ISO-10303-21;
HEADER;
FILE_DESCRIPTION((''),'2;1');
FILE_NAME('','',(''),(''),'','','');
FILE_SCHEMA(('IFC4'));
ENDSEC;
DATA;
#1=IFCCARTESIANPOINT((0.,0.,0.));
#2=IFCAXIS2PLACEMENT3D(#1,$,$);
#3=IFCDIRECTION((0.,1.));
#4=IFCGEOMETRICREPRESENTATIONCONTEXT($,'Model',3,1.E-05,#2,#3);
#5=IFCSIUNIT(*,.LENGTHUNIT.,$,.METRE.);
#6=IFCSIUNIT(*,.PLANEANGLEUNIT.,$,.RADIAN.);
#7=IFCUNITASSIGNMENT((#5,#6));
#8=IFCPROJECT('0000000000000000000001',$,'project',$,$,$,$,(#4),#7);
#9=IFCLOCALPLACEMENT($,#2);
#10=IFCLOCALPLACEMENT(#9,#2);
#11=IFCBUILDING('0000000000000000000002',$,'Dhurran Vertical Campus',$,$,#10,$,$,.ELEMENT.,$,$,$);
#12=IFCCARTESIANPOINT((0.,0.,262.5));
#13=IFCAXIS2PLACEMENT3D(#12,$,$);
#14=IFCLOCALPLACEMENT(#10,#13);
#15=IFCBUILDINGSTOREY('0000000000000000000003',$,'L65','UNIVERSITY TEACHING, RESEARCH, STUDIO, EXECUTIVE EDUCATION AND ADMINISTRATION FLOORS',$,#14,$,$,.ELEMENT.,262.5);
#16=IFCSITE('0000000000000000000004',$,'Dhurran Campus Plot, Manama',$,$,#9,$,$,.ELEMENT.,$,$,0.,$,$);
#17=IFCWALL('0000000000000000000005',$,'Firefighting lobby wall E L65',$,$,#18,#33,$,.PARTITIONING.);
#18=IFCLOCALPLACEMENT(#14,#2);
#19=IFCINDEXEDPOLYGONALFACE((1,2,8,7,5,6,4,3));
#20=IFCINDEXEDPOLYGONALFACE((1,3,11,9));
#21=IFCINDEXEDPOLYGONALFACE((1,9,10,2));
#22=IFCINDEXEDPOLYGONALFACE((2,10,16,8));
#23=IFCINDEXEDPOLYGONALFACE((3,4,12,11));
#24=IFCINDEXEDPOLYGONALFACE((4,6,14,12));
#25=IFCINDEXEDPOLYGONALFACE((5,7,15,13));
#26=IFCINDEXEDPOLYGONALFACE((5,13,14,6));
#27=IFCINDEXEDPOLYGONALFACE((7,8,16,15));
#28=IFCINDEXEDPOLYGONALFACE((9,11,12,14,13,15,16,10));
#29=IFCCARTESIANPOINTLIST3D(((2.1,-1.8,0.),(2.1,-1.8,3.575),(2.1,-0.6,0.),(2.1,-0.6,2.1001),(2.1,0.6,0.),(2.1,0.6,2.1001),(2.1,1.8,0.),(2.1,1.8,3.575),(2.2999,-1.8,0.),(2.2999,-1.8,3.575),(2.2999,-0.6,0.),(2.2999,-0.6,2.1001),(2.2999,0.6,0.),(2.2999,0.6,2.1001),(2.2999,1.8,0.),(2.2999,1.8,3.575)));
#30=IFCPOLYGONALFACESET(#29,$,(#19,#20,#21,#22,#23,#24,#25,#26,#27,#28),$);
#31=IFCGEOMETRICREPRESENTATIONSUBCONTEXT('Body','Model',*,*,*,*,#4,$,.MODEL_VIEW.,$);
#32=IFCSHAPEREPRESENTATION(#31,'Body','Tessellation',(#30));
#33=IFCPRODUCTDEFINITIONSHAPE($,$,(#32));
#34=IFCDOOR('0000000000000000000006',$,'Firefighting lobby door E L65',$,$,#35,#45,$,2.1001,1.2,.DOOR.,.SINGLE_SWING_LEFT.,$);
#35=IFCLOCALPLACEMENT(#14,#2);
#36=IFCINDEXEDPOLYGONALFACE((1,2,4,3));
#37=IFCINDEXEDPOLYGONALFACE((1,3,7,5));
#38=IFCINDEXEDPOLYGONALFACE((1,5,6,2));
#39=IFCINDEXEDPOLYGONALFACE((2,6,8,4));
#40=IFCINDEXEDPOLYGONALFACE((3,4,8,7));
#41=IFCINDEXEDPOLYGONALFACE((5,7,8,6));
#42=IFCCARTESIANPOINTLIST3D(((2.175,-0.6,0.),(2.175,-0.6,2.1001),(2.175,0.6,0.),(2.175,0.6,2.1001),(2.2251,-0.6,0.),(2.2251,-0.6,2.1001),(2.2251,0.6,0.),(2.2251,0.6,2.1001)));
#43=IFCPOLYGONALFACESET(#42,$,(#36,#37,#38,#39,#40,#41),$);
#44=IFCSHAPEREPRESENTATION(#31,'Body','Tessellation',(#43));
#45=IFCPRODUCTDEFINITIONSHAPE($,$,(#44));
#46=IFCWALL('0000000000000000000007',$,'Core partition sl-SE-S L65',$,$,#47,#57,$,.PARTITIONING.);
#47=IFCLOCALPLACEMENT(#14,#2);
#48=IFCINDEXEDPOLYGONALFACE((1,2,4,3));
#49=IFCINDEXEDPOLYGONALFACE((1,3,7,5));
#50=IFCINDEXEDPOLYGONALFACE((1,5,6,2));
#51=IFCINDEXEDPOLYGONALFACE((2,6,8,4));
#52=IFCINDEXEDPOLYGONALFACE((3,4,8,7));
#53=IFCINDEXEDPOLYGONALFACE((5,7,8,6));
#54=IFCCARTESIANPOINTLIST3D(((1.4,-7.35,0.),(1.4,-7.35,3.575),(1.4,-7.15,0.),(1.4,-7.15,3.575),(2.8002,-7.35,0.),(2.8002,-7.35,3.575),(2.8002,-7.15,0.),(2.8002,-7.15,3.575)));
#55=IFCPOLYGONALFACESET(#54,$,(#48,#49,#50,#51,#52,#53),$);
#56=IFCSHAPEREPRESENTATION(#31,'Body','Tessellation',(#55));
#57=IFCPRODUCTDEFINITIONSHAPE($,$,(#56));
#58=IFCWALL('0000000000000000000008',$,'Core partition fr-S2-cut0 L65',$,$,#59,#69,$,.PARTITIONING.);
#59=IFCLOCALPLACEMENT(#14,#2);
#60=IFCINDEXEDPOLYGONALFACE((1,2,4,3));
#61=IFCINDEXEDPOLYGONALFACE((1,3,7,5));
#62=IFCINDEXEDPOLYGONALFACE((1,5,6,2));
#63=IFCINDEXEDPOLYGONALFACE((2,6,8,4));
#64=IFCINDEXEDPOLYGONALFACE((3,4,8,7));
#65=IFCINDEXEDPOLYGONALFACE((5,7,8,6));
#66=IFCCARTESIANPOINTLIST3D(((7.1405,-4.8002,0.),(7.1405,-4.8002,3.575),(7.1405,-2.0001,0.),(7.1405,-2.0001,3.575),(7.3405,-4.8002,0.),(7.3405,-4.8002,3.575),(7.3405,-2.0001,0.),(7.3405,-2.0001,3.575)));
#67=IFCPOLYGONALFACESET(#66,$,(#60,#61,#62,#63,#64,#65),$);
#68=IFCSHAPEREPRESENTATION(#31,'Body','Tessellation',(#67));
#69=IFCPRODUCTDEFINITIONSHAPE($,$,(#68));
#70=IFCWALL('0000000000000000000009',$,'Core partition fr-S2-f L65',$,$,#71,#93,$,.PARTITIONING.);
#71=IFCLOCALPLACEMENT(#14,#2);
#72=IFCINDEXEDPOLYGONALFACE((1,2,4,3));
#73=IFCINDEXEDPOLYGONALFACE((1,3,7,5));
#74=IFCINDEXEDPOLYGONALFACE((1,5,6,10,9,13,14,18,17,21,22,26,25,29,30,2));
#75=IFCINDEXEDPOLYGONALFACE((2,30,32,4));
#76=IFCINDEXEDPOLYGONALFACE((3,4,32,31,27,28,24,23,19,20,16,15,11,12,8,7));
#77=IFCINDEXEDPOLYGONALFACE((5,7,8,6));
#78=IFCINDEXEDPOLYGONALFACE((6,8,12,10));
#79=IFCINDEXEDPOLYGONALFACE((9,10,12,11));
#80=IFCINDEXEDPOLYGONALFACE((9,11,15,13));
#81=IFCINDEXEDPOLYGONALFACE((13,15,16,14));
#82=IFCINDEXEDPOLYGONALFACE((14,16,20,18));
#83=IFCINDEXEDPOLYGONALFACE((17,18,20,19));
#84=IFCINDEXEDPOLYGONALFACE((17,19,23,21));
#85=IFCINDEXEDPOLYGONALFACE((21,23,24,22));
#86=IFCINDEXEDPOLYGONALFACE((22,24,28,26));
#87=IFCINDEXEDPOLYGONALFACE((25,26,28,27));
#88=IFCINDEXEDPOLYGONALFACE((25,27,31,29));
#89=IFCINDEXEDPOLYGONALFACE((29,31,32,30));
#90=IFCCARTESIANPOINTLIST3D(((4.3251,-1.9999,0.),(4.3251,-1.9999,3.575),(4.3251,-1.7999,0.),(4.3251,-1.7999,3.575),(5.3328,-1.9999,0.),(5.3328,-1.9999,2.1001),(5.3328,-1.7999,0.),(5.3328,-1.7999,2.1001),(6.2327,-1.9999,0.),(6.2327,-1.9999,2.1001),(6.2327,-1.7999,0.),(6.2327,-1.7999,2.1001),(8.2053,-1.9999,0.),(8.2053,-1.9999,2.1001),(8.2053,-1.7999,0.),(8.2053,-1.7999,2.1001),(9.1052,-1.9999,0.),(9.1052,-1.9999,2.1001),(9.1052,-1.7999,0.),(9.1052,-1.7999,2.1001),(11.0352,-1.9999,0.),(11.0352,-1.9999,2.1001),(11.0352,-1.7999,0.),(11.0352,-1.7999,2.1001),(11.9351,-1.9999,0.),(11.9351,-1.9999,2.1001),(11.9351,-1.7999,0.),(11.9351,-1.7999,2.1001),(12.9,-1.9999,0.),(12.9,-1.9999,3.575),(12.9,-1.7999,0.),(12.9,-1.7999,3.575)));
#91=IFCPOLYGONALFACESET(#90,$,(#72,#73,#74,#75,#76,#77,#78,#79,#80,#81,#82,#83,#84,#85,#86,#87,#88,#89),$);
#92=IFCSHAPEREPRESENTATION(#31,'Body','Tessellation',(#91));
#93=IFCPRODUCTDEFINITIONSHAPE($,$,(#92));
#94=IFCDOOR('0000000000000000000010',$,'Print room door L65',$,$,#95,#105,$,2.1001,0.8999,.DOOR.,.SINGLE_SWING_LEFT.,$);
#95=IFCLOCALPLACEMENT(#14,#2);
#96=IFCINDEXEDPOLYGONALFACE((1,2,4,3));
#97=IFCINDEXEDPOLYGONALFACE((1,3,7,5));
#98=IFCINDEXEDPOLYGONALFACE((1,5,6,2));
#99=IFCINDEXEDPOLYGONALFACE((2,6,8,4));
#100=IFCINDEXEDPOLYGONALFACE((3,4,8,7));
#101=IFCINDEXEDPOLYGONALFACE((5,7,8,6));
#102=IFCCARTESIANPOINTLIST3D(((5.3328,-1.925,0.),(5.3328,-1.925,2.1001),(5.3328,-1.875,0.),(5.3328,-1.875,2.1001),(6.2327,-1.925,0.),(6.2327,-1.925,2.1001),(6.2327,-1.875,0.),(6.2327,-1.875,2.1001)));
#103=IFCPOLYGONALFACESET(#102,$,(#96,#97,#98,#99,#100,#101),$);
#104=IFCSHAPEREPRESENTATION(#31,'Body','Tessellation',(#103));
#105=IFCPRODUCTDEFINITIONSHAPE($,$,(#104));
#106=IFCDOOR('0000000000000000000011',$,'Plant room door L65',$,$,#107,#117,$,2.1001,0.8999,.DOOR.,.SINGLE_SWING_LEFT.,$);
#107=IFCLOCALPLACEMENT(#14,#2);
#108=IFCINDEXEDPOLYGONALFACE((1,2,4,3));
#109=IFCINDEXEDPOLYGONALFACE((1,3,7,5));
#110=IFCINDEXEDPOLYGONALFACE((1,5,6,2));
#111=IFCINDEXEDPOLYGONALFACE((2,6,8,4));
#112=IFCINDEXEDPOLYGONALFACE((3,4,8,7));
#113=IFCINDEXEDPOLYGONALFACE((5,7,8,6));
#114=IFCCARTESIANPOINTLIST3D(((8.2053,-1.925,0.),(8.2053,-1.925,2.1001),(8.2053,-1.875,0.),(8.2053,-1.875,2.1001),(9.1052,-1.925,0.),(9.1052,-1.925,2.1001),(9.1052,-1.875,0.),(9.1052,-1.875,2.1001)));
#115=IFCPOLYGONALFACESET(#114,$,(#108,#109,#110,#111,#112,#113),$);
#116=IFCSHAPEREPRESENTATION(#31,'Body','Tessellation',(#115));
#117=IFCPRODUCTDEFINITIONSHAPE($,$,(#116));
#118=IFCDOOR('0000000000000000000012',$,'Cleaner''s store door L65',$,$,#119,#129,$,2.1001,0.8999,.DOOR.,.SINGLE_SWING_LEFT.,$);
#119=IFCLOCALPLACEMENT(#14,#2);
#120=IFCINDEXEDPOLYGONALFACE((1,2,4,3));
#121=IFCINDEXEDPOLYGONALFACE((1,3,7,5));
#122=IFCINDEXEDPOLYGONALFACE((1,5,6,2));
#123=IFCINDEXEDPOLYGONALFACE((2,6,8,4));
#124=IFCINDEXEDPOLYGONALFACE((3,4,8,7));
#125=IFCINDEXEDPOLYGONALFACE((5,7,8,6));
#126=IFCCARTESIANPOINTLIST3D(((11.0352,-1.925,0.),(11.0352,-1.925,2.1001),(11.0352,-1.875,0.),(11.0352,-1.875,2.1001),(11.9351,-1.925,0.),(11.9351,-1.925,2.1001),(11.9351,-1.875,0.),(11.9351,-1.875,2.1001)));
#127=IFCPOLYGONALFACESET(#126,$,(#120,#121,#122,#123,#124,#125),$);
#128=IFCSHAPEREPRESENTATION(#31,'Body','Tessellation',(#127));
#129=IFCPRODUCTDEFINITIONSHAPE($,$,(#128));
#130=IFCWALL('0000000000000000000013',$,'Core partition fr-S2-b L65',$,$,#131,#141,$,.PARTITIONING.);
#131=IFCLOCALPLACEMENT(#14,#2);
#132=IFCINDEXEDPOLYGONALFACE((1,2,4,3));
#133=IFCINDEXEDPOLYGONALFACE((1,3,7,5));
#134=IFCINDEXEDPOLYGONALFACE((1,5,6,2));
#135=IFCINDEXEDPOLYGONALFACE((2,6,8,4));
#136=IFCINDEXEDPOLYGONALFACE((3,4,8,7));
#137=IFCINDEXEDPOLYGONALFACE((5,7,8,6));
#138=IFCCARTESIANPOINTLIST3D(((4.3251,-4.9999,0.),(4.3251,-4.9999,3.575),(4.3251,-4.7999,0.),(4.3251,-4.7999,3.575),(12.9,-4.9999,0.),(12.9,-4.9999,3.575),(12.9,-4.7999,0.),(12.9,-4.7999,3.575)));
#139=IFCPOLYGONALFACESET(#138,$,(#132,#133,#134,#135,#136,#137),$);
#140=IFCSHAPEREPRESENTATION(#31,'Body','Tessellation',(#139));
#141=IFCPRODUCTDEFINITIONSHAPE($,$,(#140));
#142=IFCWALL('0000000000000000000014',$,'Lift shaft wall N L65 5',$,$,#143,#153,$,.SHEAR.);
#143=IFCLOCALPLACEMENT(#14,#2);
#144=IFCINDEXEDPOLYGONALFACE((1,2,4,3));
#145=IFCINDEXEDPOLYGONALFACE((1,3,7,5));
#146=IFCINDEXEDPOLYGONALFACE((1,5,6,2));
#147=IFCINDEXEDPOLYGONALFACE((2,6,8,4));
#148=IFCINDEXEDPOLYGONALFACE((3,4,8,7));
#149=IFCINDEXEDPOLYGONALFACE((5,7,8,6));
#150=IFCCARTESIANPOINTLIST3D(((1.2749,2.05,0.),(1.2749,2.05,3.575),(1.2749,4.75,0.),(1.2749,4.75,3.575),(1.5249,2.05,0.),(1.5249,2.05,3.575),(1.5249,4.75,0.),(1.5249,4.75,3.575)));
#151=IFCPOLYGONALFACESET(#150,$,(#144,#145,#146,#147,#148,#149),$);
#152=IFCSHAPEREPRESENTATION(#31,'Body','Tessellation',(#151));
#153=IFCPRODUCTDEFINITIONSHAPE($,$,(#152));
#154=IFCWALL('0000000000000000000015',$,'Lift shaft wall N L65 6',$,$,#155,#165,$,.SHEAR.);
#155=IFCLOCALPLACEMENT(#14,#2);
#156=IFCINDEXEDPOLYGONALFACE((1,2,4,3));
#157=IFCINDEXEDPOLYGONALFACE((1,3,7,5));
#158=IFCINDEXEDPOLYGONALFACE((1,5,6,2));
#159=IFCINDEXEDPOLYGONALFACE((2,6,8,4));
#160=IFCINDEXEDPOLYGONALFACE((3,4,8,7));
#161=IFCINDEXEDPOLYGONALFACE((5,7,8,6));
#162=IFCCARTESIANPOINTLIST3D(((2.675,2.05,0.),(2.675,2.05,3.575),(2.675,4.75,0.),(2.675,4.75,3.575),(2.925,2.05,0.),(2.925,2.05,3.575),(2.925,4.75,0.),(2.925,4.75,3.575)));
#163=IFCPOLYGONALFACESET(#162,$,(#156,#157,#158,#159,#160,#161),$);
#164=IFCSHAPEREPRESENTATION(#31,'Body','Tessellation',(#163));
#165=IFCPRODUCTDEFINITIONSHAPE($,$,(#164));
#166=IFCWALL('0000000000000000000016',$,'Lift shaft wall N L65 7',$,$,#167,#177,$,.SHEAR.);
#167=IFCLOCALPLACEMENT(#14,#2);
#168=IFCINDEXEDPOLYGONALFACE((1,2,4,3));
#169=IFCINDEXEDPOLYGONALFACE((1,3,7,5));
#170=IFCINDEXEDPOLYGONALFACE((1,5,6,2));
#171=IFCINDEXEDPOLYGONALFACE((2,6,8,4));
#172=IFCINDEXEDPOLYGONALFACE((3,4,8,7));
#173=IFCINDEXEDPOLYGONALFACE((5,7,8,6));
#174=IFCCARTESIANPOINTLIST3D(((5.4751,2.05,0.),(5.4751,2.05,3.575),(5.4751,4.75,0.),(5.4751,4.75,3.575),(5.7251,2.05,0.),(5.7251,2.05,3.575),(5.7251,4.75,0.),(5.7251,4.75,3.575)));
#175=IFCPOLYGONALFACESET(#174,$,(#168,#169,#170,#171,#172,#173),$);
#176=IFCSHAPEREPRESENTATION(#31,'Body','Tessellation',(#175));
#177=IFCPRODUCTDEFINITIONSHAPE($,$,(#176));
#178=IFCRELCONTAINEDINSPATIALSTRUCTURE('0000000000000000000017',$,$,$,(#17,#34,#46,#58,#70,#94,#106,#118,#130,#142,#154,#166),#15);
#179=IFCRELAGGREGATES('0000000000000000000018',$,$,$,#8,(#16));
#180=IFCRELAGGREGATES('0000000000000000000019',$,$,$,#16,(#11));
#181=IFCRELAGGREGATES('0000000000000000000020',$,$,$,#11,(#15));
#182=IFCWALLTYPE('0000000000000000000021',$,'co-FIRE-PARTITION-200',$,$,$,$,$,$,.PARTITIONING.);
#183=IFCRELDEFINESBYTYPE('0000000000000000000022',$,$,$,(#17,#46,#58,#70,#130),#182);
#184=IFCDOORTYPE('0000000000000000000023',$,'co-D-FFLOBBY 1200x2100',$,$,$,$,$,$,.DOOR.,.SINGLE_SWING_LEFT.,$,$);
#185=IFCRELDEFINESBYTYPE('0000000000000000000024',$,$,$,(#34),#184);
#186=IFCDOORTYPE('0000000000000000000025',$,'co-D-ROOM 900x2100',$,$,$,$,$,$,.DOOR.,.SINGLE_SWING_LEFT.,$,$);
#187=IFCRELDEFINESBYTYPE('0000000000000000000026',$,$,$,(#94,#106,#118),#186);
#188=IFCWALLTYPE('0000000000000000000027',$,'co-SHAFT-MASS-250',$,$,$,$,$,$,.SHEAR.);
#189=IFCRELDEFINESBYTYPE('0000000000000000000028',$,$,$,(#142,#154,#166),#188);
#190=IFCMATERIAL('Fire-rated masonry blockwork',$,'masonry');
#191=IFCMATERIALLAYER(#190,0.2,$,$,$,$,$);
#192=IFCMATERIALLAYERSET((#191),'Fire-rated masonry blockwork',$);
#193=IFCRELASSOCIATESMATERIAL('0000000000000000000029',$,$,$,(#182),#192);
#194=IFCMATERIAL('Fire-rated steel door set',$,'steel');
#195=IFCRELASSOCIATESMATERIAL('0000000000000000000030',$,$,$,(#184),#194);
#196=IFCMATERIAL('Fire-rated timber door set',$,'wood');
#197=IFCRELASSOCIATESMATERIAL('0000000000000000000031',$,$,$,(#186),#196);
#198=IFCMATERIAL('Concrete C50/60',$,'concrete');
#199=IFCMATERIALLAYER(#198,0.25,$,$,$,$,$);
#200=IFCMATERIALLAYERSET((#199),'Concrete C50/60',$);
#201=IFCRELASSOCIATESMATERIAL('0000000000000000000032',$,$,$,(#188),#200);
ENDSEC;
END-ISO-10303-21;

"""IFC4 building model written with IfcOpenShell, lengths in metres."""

from ifc_helpers import new_model, si_unit, direction, frame, frame_2d, origin, place, context, subcontext, project, spatial, polyline, rectangle, outline, extrude, material, layer, layer_set, type_object, element, fill, save


model = new_model("IFC4")

# Units and contexts
model_context = context("Model", 3, precision=1e-05, world=origin(), true_north=direction((0.0, 1.0)))
body_context = subcontext(model_context, "Body", "Model", "MODEL_VIEW")
ifc_project = project(units=[si_unit("LENGTHUNIT", "METRE"), si_unit("PLANEANGLEUNIT", "RADIAN")], contexts=[model_context])

# Site, building, storey
site_placement = place(None, origin())
site = spatial("IfcSite", under=ifc_project, at=site_placement, Name="Dhurran Campus Plot, Manama", CompositionType="ELEMENT", RefElevation=0.0)
building_placement = place(site_placement, origin())
building = spatial("IfcBuilding", under=site, at=building_placement, Name="Dhurran Vertical Campus", CompositionType="ELEMENT")
storey_placement = place(building_placement, frame((0.0, 0.0, 262.5)))
storey = spatial("IfcBuildingStorey", under=building, at=storey_placement, Name="L65", Description="UNIVERSITY TEACHING, RESEARCH, STUDIO, EXECUTIVE EDUCATION AND ADMINISTRATION FLOORS", CompositionType="ELEMENT", Elevation=262.5)

# Wall, opening, door
ifc_material_1 = material(Name="Fire-rated masonry blockwork", Category="masonry")
ifc_layer_1 = layer(ifc_material_1, 0.2)
ifc_layer_set_1 = layer_set([ifc_layer_1], Name="Fire-rated masonry blockwork")
wall_type_1 = type_object("IfcWallType", Name="co-FIRE-PARTITION-200", PredefinedType="PARTITIONING", material=ifc_layer_set_1)
wall_1_placement = place(storey_placement, frame((2.2, -1.8, 0.0), z_axis=(0.0, 0.0, 1.0), x_axis=(0.0, 1.0, 0.0)))
wall_1 = element("IfcWall", 1, at=wall_1_placement, inside=storey, type_object=wall_type_1, Name="Firefighting lobby wall E L65", PredefinedType="PARTITIONING", context=body_context, shape_type="SweptSolid", body=[
    extrude(rectangle(XDim=3.6001, YDim=0.2, at=frame_2d((1.8, 0.0))), origin(), (0.0, 0.0, 1.0), 3.575),
])
opening_1_placement = place(wall_1_placement, frame((1.2, 0.0, 0.0)))
opening_1 = element("IfcOpeningElement", 2, at=opening_1_placement, cuts=wall_1, PredefinedType="OPENING", context=body_context, shape_type="SweptSolid", body=[
    extrude(rectangle(XDim=1.2, YDim=2.1001, at=frame_2d((0.6001, 1.05))), frame((0.0, 0.1099, 0.0), z_axis=(0.0, -1.0, 0.0), x_axis=(1.0, 0.0, 0.0)), (0.0, 0.0, 1.0), 0.22),
])
ifc_material_2 = material(Name="Fire-rated steel door set", Category="steel")
door_type_1 = type_object("IfcDoorType", Name="co-D-FFLOBBY 1200x2100", OperationType="SINGLE_SWING_LEFT", PredefinedType="DOOR", material=ifc_material_2)
door_1_placement = place(opening_1_placement, origin())
door_1 = element("IfcDoor", 3, at=door_1_placement, inside=storey, type_object=door_type_1, Name="Firefighting lobby door E L65", OperationType="SINGLE_SWING_LEFT", OverallHeight=2.1001, OverallWidth=1.2, PredefinedType="DOOR", context=body_context, shape_type="SweptSolid", body=[
    extrude(rectangle(XDim=1.2, YDim=2.1001, at=frame_2d((0.6001, 1.05))), frame((0.0, 0.0249, 0.0), z_axis=(0.0, -1.0, 0.0), x_axis=(1.0, 0.0, 0.0)), (0.0, 0.0, 1.0), 0.05),
])
fill(opening_1, door_1)

# Walls
wall_2_placement = place(storey_placement, frame((1.3999, -7.25, 0.0), z_axis=(0.0, 0.0, 1.0), x_axis=(1.0, 0.0, 0.0)))
element("IfcWall", 4, at=wall_2_placement, inside=storey, type_object=wall_type_1, Name="Core partition sl-SE-S L65", PredefinedType="PARTITIONING", context=body_context, shape_type="SweptSolid", body=[
    extrude(rectangle(XDim=1.4001, YDim=0.2, at=frame_2d((0.7002, 0.0))), origin(), (0.0, 0.0, 1.0), 3.575),
])
wall_3_placement = place(storey_placement, frame((7.2405, -4.8, 0.0), z_axis=(0.0, 0.0, 1.0), x_axis=(0.0, 1.0, 0.0)))
element("IfcWall", 5, at=wall_3_placement, inside=storey, type_object=wall_type_1, Name="Core partition fr-S2-cut0 L65", PredefinedType="PARTITIONING", context=body_context, shape_type="SweptSolid", body=[
    extrude(rectangle(XDim=2.8, YDim=0.2, at=frame_2d((1.3999, 0.0))), origin(), (0.0, 0.0, 1.0), 3.575),
])

# Wall, openings, doors
wall_4_placement = place(storey_placement, frame((4.325, -1.8999, 0.0), z_axis=(0.0, 0.0, 1.0), x_axis=(1.0, 0.0, 0.0)))
wall_4 = element("IfcWall", 6, at=wall_4_placement, inside=storey, type_object=wall_type_1, Name="Core partition fr-S2-f L65", PredefinedType="PARTITIONING", context=body_context, shape_type="SweptSolid", body=[
    extrude(rectangle(XDim=8.575, YDim=0.2, at=frame_2d((4.2876, 0.0))), origin(), (0.0, 0.0, 1.0), 3.575),
])
opening_2_placement = place(wall_4_placement, frame((1.0078, 0.0, 0.0)))
opening_2 = element("IfcOpeningElement", 7, at=opening_2_placement, cuts=wall_4, PredefinedType="OPENING", context=body_context, shape_type="SweptSolid", body=[
    extrude(rectangle(XDim=0.8999, YDim=2.1001, at=frame_2d((0.45, 1.05))), frame((0.0, 0.1099, 0.0), z_axis=(0.0, -1.0, 0.0), x_axis=(1.0, 0.0, 0.0)), (0.0, 0.0, 1.0), 0.22),
])
opening_3_placement = place(wall_4_placement, frame((3.8804, 0.0, 0.0)))
opening_3 = element("IfcOpeningElement", 8, at=opening_3_placement, cuts=wall_4, PredefinedType="OPENING", context=body_context, shape_type="SweptSolid", body=[
    extrude(rectangle(XDim=0.8999, YDim=2.1001, at=frame_2d((0.45, 1.05))), frame((0.0, 0.1099, 0.0), z_axis=(0.0, -1.0, 0.0), x_axis=(1.0, 0.0, 0.0)), (0.0, 0.0, 1.0), 0.22),
])
opening_4_placement = place(wall_4_placement, frame((6.7102, 0.0, 0.0)))
opening_4 = element("IfcOpeningElement", 9, at=opening_4_placement, cuts=wall_4, PredefinedType="OPENING", context=body_context, shape_type="SweptSolid", body=[
    extrude(rectangle(XDim=0.8999, YDim=2.1001, at=frame_2d((0.45, 1.05))), frame((0.0, 0.1099, 0.0), z_axis=(0.0, -1.0, 0.0), x_axis=(1.0, 0.0, 0.0)), (0.0, 0.0, 1.0), 0.22),
])
ifc_material_3 = material(Name="Fire-rated timber door set", Category="wood")
door_type_2 = type_object("IfcDoorType", Name="co-D-ROOM 900x2100", OperationType="SINGLE_SWING_LEFT", PredefinedType="DOOR", material=ifc_material_3)
door_2_placement = place(opening_2_placement, origin())
door_2 = element("IfcDoor", 10, at=door_2_placement, inside=storey, type_object=door_type_2, Name="Print room door L65", OperationType="SINGLE_SWING_LEFT", OverallHeight=2.1001, OverallWidth=0.8999, PredefinedType="DOOR", context=body_context, shape_type="SweptSolid", body=[
    extrude(rectangle(XDim=0.8999, YDim=2.1001, at=frame_2d((0.45, 1.05))), frame((0.0, 0.0249, 0.0), z_axis=(0.0, -1.0, 0.0), x_axis=(1.0, 0.0, 0.0)), (0.0, 0.0, 1.0), 0.05),
])
fill(opening_2, door_2)
door_3_placement = place(opening_3_placement, origin())
door_3 = element("IfcDoor", 11, at=door_3_placement, inside=storey, type_object=door_type_2, Name="Plant room door L65", OperationType="SINGLE_SWING_LEFT", OverallHeight=2.1001, OverallWidth=0.8999, PredefinedType="DOOR", context=body_context, shape_type="SweptSolid", body=[
    extrude(rectangle(XDim=0.8999, YDim=2.1001, at=frame_2d((0.45, 1.05))), frame((0.0, 0.0249, 0.0), z_axis=(0.0, -1.0, 0.0), x_axis=(1.0, 0.0, 0.0)), (0.0, 0.0, 1.0), 0.05),
])
fill(opening_3, door_3)
door_4_placement = place(opening_4_placement, origin())
door_4 = element("IfcDoor", 12, at=door_4_placement, inside=storey, type_object=door_type_2, Name="Cleaner's store door L65", OperationType="SINGLE_SWING_LEFT", OverallHeight=2.1001, OverallWidth=0.8999, PredefinedType="DOOR", context=body_context, shape_type="SweptSolid", body=[
    extrude(rectangle(XDim=0.8999, YDim=2.1001, at=frame_2d((0.45, 1.05))), frame((0.0, 0.0249, 0.0), z_axis=(0.0, -1.0, 0.0), x_axis=(1.0, 0.0, 0.0)), (0.0, 0.0, 1.0), 0.05),
])
fill(opening_4, door_4)

# Walls
wall_5_placement = place(storey_placement, frame((4.325, -4.8999, 0.0), z_axis=(0.0, 0.0, 1.0), x_axis=(1.0, 0.0, 0.0)))
element("IfcWall", 13, at=wall_5_placement, inside=storey, type_object=wall_type_1, Name="Core partition fr-S2-b L65", PredefinedType="PARTITIONING", context=body_context, shape_type="SweptSolid", body=[
    extrude(rectangle(XDim=8.575, YDim=0.2, at=frame_2d((4.2876, 0.0))), origin(), (0.0, 0.0, 1.0), 3.575),
])
ifc_material_4 = material(Name="Concrete C50/60", Category="concrete")
ifc_layer_2 = layer(ifc_material_4, 0.25)
ifc_layer_set_2 = layer_set([ifc_layer_2], Name="Concrete C50/60")
wall_type_2 = type_object("IfcWallType", Name="co-SHAFT-MASS-250", PredefinedType="SHEAR", material=ifc_layer_set_2)
wall_6_placement = place(storey_placement, origin())
element("IfcWall", 14, at=wall_6_placement, inside=storey, type_object=wall_type_2, Name="Lift shaft wall N L65 5", PredefinedType="SHEAR", context=body_context, shape_type="SweptSolid", body=[
    extrude(outline(polyline([(1.2749, 2.05), (1.5249, 2.05), (1.5249, 4.75), (1.2749, 4.75), (1.2749, 2.05)])), origin(), (0.0, 0.0, 1.0), 3.575),
])
wall_7_placement = place(storey_placement, origin())
element("IfcWall", 15, at=wall_7_placement, inside=storey, type_object=wall_type_2, Name="Lift shaft wall N L65 6", PredefinedType="SHEAR", context=body_context, shape_type="SweptSolid", body=[
    extrude(outline(polyline([(2.675, 2.05), (2.925, 2.05), (2.925, 4.75), (2.675, 4.75), (2.675, 2.05)])), origin(), (0.0, 0.0, 1.0), 3.575),
])
wall_8_placement = place(storey_placement, origin())
element("IfcWall", 16, at=wall_8_placement, inside=storey, type_object=wall_type_2, Name="Lift shaft wall N L65 7", PredefinedType="SHEAR", context=body_context, shape_type="SweptSolid", body=[
    extrude(outline(polyline([(5.4751, 2.05), (5.7251, 2.05), (5.7251, 4.75), (5.4751, 4.75), (5.4751, 2.05)])), origin(), (0.0, 0.0, 1.0), 3.575),
])

save(model, "model.ifc")
